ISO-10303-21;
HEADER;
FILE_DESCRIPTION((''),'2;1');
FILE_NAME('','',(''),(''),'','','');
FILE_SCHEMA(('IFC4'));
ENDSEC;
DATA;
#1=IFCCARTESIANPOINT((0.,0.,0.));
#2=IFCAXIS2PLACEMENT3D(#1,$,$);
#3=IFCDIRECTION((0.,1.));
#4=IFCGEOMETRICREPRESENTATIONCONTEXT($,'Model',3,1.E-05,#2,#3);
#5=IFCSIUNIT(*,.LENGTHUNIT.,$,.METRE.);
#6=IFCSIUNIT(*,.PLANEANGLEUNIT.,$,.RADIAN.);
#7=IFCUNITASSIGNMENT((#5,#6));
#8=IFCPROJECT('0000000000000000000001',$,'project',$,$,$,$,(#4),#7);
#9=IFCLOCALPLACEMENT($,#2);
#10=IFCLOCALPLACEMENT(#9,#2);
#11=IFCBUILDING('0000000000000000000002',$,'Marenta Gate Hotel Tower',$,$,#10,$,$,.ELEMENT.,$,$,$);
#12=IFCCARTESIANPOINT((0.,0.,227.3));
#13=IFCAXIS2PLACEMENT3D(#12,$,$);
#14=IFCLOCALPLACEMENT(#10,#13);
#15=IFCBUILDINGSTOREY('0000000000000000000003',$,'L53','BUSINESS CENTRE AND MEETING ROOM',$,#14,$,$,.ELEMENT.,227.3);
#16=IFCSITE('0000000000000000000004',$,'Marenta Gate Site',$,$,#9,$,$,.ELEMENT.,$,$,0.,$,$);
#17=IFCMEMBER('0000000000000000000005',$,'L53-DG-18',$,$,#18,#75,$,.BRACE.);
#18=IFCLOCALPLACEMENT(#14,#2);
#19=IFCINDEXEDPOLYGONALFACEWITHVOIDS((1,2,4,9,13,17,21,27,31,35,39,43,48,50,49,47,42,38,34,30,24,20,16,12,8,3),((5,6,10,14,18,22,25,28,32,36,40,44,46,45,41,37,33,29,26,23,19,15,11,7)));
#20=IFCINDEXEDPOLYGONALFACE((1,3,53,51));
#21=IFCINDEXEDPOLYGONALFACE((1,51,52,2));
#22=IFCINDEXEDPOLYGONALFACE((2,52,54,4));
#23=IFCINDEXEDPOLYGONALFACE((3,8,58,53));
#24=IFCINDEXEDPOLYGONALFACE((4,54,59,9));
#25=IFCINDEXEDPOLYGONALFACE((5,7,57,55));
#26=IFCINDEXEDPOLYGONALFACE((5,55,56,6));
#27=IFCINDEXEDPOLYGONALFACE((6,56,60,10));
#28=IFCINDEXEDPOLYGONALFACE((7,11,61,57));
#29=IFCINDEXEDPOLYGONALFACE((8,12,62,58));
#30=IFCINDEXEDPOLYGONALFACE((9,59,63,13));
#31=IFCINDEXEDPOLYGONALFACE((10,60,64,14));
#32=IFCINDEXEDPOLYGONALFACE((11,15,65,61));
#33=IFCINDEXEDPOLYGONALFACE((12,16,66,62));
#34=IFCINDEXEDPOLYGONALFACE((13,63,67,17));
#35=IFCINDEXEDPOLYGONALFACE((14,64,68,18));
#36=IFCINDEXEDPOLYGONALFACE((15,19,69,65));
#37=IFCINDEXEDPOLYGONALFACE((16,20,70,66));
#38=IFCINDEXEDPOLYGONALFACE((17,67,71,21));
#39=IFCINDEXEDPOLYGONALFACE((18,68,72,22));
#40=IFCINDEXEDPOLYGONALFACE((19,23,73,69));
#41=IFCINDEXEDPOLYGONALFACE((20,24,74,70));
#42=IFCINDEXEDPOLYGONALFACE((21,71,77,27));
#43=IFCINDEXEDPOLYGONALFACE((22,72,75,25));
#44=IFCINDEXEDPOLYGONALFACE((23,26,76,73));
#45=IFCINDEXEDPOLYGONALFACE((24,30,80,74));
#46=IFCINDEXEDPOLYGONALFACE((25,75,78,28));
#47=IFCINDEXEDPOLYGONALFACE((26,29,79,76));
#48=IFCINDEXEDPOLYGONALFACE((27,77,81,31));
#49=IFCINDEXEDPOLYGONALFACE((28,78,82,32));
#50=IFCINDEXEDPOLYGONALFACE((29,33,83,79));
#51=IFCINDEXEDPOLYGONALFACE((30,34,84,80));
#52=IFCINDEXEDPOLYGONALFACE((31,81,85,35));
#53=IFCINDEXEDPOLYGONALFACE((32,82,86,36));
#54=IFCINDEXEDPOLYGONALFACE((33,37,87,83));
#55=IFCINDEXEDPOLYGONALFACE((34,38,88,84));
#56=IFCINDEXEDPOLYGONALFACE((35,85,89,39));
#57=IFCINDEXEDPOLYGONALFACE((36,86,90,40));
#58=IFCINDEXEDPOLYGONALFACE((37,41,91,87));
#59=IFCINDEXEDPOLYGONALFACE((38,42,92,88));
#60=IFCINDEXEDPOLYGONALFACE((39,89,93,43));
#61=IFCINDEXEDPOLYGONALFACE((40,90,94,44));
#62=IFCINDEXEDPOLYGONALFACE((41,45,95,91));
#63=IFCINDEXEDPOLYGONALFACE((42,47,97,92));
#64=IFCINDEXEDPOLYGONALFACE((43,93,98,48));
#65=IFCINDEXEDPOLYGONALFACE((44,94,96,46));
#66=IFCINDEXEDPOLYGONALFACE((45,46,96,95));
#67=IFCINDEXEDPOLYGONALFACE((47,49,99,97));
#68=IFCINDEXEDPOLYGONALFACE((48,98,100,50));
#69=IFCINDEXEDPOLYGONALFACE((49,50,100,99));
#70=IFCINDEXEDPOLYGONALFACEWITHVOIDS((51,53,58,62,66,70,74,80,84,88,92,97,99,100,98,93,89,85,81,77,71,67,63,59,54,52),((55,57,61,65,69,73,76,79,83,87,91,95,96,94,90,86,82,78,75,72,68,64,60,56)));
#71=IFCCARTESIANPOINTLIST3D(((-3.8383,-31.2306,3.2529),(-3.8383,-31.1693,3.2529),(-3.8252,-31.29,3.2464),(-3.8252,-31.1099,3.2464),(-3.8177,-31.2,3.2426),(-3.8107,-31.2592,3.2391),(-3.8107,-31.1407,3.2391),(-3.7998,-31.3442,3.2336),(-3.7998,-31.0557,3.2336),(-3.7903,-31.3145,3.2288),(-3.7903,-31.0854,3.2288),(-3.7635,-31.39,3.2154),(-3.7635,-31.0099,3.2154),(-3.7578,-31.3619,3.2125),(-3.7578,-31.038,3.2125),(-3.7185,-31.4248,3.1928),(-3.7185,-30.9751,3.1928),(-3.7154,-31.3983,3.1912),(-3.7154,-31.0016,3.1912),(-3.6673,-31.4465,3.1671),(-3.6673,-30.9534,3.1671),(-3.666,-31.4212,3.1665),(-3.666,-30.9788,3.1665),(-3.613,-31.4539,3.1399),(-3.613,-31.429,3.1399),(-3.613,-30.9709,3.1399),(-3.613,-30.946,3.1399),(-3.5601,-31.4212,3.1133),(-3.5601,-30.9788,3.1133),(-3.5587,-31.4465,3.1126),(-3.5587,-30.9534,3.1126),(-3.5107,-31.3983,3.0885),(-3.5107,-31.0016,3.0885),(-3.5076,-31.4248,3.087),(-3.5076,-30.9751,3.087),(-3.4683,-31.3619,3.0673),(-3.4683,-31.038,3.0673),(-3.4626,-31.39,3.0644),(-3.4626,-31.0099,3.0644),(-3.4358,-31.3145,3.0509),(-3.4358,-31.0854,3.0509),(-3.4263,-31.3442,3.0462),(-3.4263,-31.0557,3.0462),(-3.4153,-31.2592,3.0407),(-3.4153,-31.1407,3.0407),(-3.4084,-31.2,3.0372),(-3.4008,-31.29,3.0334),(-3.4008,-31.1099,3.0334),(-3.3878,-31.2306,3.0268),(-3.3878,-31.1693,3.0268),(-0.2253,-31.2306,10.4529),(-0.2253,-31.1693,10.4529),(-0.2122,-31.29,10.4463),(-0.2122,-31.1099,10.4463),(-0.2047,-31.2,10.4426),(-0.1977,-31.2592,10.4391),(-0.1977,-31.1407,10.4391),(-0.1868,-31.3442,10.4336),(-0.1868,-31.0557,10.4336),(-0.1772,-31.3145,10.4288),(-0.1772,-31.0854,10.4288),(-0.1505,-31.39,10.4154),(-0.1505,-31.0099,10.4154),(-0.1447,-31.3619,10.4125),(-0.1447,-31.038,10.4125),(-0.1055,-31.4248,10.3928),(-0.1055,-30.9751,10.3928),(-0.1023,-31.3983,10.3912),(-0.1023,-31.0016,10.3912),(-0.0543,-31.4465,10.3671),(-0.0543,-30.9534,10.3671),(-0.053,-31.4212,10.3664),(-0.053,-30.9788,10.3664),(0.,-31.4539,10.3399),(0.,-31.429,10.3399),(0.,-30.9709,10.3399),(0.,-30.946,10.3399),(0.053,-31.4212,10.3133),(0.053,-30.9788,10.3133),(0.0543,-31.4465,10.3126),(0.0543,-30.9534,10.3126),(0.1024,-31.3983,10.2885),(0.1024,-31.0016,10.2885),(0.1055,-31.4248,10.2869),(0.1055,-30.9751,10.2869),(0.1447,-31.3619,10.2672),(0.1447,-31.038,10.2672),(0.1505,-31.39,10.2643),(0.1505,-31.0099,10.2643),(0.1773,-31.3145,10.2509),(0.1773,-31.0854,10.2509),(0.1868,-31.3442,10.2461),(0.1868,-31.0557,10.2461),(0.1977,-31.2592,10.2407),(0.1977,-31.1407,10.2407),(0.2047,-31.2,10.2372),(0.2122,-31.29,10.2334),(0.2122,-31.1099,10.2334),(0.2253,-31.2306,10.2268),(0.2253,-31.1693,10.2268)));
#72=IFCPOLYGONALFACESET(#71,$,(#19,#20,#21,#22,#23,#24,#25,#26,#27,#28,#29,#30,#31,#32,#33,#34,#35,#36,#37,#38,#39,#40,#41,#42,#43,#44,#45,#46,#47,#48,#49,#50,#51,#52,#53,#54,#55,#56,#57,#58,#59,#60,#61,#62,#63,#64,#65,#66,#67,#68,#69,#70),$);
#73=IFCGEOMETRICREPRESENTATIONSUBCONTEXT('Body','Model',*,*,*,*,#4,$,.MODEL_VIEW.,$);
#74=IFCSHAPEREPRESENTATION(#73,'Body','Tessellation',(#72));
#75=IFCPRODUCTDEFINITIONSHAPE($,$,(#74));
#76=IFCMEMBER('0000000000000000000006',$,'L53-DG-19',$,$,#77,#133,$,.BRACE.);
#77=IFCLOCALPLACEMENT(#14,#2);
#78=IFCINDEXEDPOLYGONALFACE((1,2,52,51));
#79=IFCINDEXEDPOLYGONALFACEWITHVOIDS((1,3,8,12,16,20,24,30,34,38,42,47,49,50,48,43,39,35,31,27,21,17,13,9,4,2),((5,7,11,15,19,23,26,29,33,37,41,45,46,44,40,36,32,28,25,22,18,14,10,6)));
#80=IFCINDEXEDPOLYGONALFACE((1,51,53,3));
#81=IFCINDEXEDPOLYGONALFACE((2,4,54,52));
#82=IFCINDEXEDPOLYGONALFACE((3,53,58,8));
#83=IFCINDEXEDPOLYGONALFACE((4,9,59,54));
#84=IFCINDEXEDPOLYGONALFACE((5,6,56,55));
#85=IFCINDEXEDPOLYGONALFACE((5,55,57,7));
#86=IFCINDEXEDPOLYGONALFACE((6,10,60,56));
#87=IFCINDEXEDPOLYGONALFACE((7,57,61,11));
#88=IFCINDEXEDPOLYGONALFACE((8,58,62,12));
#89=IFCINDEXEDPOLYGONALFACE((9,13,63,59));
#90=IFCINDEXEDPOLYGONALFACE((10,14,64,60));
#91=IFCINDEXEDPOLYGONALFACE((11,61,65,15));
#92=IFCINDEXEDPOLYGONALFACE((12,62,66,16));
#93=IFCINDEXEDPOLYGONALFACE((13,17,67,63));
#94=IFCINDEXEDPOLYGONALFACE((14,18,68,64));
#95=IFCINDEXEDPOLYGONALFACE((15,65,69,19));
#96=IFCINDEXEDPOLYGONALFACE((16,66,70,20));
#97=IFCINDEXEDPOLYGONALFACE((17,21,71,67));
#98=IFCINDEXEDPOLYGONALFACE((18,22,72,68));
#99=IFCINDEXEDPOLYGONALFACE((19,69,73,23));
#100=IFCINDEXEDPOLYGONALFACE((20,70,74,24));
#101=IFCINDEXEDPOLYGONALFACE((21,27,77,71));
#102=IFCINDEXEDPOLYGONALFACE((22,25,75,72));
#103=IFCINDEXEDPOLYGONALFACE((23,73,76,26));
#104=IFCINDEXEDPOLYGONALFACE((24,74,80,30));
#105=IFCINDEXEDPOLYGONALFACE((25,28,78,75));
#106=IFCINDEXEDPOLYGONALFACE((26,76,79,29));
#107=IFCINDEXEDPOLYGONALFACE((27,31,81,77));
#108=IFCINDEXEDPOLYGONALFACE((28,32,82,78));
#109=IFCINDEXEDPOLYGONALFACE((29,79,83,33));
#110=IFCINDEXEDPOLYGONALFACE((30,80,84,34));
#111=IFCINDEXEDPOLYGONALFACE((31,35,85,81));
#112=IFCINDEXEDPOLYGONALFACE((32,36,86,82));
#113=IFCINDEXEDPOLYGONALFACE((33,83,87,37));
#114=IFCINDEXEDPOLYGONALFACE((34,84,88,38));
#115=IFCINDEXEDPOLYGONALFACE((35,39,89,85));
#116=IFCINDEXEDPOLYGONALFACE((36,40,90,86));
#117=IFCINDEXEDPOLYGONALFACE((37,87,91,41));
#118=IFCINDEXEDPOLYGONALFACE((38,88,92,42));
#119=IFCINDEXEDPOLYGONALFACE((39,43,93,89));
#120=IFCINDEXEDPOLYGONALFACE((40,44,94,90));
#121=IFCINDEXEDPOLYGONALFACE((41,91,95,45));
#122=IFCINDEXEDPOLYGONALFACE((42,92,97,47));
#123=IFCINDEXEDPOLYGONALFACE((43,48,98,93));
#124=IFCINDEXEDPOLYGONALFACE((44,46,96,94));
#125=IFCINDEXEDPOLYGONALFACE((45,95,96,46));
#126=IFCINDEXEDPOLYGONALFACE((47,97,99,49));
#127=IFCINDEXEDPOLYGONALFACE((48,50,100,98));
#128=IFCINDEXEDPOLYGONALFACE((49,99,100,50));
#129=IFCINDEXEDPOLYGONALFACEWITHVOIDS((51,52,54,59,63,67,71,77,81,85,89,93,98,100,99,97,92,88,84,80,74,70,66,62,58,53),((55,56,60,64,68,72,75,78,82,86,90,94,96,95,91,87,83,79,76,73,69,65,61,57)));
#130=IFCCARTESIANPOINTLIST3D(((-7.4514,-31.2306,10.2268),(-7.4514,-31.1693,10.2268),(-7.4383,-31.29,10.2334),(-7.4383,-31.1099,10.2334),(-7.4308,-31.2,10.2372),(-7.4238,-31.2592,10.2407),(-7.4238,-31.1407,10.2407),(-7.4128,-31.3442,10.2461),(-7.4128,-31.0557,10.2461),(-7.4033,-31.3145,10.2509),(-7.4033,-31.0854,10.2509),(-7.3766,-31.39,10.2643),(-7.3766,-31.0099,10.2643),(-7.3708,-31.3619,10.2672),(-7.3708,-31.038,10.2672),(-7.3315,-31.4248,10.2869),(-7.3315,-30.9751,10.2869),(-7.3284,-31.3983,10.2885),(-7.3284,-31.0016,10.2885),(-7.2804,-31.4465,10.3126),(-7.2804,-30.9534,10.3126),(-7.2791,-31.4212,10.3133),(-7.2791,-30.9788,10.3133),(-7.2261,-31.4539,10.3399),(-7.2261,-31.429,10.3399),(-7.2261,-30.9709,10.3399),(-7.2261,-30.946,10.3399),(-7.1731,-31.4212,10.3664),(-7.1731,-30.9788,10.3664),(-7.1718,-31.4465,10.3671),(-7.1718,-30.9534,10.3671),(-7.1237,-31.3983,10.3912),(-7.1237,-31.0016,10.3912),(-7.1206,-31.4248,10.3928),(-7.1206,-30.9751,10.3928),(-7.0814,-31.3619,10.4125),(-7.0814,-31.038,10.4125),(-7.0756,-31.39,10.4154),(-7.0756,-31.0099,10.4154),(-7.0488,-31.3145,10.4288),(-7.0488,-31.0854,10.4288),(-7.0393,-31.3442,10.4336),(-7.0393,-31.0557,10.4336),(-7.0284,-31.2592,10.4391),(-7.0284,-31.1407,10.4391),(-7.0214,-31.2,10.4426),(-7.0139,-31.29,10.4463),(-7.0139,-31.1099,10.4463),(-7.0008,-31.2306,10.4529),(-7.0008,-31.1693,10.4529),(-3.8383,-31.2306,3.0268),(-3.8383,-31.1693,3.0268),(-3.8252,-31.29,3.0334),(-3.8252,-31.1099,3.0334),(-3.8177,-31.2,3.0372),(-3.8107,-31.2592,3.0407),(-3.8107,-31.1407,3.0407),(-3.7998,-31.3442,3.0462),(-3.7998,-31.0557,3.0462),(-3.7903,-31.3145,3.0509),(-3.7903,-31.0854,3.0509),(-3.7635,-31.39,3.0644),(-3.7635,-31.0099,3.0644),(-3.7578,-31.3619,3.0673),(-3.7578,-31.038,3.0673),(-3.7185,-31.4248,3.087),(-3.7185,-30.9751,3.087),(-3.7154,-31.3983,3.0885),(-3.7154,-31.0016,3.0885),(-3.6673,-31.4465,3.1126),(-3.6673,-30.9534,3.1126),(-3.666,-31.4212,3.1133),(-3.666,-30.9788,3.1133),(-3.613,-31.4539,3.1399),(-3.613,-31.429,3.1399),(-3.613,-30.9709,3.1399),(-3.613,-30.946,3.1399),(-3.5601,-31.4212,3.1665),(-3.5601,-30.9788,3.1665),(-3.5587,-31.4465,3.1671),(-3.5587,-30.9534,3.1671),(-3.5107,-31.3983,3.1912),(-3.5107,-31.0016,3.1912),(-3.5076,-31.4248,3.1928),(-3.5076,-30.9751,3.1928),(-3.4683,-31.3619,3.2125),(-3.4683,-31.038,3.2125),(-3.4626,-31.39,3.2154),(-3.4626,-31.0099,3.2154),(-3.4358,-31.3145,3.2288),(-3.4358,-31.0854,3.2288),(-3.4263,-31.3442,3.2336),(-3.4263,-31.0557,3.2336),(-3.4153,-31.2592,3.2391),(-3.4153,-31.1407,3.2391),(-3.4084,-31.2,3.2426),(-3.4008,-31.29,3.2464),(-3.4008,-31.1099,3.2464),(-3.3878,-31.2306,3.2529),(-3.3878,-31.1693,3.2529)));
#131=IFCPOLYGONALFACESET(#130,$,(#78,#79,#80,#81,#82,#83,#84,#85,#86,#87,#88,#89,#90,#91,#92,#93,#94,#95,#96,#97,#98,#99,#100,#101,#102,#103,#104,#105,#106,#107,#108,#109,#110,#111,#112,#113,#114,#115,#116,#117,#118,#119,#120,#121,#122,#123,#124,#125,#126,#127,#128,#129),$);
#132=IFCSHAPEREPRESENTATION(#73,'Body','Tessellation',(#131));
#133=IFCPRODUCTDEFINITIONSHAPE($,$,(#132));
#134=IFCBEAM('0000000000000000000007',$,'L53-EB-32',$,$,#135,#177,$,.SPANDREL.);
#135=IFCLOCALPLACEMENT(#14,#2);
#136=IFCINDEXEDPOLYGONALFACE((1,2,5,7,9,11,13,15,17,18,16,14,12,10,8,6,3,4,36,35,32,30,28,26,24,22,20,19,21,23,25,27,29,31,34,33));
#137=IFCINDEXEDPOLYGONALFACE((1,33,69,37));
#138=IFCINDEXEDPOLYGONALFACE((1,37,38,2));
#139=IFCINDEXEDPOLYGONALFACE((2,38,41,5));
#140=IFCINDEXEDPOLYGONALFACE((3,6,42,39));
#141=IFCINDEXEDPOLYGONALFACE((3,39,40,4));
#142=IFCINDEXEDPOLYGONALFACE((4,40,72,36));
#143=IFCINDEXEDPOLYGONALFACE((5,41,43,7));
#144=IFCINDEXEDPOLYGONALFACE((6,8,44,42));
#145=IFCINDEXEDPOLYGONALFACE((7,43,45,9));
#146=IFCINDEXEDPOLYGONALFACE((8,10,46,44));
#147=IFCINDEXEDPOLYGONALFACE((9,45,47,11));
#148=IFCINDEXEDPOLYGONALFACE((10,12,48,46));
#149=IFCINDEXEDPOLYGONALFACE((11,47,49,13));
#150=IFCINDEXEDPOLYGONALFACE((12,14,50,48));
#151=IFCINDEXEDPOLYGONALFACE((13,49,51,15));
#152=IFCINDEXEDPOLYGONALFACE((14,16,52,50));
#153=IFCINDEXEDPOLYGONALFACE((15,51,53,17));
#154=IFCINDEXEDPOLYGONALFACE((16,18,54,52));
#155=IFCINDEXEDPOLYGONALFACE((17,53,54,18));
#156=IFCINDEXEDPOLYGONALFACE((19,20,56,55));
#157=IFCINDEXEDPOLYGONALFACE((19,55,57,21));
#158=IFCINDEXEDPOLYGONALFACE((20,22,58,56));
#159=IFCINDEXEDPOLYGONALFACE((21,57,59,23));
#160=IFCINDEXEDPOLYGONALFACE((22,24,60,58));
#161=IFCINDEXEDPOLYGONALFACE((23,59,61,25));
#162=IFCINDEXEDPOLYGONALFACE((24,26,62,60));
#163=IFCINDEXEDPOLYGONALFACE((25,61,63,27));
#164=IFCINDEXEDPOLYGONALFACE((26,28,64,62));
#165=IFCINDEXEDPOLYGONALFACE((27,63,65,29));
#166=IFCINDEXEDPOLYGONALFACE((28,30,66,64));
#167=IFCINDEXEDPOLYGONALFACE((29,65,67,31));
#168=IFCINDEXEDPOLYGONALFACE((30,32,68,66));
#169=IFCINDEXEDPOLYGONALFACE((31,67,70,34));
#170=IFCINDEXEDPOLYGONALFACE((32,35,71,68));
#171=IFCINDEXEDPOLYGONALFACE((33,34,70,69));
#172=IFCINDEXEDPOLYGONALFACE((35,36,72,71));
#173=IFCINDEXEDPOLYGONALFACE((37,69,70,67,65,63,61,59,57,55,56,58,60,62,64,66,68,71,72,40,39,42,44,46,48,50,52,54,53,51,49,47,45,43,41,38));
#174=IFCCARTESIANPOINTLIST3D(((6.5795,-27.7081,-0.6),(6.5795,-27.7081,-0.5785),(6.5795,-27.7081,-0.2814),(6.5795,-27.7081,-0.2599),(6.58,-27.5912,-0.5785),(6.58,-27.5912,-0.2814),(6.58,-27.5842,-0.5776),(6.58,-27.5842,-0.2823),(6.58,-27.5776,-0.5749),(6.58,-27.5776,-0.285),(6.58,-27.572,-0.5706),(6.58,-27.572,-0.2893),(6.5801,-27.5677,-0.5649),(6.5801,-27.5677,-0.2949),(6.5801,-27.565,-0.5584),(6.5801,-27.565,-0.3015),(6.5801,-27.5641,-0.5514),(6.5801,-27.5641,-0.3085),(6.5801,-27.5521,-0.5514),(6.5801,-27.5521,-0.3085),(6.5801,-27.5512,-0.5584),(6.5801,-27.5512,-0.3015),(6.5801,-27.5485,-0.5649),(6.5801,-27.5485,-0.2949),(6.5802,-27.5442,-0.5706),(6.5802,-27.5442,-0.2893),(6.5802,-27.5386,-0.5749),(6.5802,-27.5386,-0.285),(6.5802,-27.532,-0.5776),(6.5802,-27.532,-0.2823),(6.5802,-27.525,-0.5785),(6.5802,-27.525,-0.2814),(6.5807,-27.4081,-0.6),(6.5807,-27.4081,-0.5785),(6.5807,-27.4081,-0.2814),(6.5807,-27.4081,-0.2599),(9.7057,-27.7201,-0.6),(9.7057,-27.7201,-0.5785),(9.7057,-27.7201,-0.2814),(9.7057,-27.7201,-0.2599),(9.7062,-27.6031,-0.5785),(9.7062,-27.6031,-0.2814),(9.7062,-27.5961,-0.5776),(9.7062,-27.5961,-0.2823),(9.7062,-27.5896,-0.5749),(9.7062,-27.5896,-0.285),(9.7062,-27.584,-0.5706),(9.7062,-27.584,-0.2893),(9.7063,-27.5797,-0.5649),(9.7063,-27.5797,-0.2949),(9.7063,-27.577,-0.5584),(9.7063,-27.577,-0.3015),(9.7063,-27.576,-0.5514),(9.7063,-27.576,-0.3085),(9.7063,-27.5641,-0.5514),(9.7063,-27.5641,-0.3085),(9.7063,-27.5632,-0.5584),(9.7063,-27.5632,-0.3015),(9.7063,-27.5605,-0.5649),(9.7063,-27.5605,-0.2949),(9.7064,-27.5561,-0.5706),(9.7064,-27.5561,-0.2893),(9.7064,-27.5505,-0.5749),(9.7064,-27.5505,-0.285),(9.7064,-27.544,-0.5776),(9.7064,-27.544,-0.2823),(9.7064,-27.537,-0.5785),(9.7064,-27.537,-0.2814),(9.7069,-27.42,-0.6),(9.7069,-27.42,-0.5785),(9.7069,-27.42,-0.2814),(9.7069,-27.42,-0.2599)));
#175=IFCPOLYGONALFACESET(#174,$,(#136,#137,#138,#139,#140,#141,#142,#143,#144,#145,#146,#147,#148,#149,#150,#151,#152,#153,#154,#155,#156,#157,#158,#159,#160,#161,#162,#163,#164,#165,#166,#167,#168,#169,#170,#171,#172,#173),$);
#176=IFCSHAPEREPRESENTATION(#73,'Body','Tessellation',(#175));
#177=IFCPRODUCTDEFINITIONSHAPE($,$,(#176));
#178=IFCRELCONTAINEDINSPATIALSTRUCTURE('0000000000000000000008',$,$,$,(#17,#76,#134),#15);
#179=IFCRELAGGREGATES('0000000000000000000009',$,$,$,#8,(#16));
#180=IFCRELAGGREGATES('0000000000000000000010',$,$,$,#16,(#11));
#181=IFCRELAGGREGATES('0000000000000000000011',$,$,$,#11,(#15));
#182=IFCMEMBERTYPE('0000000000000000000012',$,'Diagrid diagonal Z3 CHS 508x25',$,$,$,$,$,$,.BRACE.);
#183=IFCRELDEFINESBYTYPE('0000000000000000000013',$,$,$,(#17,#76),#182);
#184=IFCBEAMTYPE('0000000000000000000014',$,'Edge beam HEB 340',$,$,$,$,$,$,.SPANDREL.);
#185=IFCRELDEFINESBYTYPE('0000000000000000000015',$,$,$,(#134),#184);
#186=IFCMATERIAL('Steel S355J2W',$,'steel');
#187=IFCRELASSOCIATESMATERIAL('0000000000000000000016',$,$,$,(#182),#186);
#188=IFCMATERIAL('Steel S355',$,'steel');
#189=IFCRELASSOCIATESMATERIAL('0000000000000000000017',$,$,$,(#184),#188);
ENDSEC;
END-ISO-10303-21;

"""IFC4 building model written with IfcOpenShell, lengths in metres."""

from ifc_helpers import new_model, si_unit, direction, frame, origin, origin_2d, place, context, subcontext, project, spatial, hollow_circle, i_section, extrude, material, material_profile, profile_set, type_object, element, save


model = new_model("IFC4")

# Units and contexts
model_context = context("Model", 3, precision=1e-05, world=origin(), true_north=direction((0.0, 1.0)))
body_context = subcontext(model_context, "Body", "Model", "MODEL_VIEW")
ifc_project = project(units=[si_unit("LENGTHUNIT", "METRE"), si_unit("PLANEANGLEUNIT", "RADIAN")], contexts=[model_context])

# Site, building, storey
site_placement = place(None, origin())
site = spatial("IfcSite", under=ifc_project, at=site_placement, Name="Marenta Gate Site", CompositionType="ELEMENT", RefElevation=0.0)
building_placement = place(site_placement, origin())
building = spatial("IfcBuilding", under=site, at=building_placement, Name="Marenta Gate Hotel Tower", CompositionType="ELEMENT")
storey_placement = place(building_placement, frame((0.0, 0.0, 227.3)))
storey = spatial("IfcBuildingStorey", under=building, at=storey_placement, Name="L53", Description="BUSINESS CENTRE AND MEETING ROOM", CompositionType="ELEMENT", Elevation=227.3)

# Members
ifc_material_1 = material(Name="Steel S355J2W", Category="steel")
ifc_material_profile_1 = material_profile(ifc_material_1, hollow_circle(Radius=0.2539, WallThickness=0.0249, at=origin_2d()), Name="CHS 508x25")
ifc_profile_set_1 = profile_set([ifc_material_profile_1], Name="Steel S355J2W")
member_type_1 = type_object("IfcMemberType", Name="Diagrid diagonal Z3 CHS 508x25", PredefinedType="BRACE", material=ifc_profile_set_1)
for number, where, z_axis, x_axis, name in (
    (1, (-3.613, -31.2, 3.1399), (0.44851, 0.0, 0.893778), (0.0, 1.0, 0.0), "L53-DG-18"),
    (2, (-3.613, -31.2, 3.1399), (-0.44851, 0.0, 0.893778), (0.0, -1.0, 0.0), "L53-DG-19"),
):
    element("IfcMember", number, at=place(storey_placement, frame(where, z_axis=z_axis, x_axis=x_axis)), inside=storey, type_object=member_type_1, Name=name, PredefinedType="BRACE", context=body_context, shape_type="SweptSolid", body=[
        extrude(hollow_circle(Radius=0.2539, WallThickness=0.0249, at=origin_2d()), origin(), (0.0, 0.0, 1.0), 8.0557),
    ])

# Beam
ifc_material_2 = material(Name="Steel S355", Category="steel")
ifc_material_profile_2 = material_profile(ifc_material_2, i_section(OverallWidth=0.3, OverallDepth=0.3401, WebThickness=0.012, FlangeThickness=0.0215, FilletRadius=0.0271, at=origin_2d()), Name="HEB 340")
ifc_profile_set_2 = profile_set([ifc_material_profile_2], Name="Steel S355")
beam_type = type_object("IfcBeamType", Name="Edge beam HEB 340", PredefinedType="SPANDREL", material=ifc_profile_set_2)
beam_placement = place(storey_placement, frame((9.7063, -27.5701, -0.4299), z_axis=(-0.999993, 0.003827, 0.0), x_axis=(-0.003827, -0.999993, 0.0)))
element("IfcBeam", 3, at=beam_placement, inside=storey, type_object=beam_type, Name="L53-EB-32", PredefinedType="SPANDREL", context=body_context, shape_type="SweptSolid", body=[
    extrude(i_section(OverallWidth=0.3, OverallDepth=0.3401, WebThickness=0.012, FlangeThickness=0.0215, FilletRadius=0.0271, at=origin_2d()), origin(), (0.0, 0.0, 1.0), 3.1262),
])

save(model, "model.ifc")
